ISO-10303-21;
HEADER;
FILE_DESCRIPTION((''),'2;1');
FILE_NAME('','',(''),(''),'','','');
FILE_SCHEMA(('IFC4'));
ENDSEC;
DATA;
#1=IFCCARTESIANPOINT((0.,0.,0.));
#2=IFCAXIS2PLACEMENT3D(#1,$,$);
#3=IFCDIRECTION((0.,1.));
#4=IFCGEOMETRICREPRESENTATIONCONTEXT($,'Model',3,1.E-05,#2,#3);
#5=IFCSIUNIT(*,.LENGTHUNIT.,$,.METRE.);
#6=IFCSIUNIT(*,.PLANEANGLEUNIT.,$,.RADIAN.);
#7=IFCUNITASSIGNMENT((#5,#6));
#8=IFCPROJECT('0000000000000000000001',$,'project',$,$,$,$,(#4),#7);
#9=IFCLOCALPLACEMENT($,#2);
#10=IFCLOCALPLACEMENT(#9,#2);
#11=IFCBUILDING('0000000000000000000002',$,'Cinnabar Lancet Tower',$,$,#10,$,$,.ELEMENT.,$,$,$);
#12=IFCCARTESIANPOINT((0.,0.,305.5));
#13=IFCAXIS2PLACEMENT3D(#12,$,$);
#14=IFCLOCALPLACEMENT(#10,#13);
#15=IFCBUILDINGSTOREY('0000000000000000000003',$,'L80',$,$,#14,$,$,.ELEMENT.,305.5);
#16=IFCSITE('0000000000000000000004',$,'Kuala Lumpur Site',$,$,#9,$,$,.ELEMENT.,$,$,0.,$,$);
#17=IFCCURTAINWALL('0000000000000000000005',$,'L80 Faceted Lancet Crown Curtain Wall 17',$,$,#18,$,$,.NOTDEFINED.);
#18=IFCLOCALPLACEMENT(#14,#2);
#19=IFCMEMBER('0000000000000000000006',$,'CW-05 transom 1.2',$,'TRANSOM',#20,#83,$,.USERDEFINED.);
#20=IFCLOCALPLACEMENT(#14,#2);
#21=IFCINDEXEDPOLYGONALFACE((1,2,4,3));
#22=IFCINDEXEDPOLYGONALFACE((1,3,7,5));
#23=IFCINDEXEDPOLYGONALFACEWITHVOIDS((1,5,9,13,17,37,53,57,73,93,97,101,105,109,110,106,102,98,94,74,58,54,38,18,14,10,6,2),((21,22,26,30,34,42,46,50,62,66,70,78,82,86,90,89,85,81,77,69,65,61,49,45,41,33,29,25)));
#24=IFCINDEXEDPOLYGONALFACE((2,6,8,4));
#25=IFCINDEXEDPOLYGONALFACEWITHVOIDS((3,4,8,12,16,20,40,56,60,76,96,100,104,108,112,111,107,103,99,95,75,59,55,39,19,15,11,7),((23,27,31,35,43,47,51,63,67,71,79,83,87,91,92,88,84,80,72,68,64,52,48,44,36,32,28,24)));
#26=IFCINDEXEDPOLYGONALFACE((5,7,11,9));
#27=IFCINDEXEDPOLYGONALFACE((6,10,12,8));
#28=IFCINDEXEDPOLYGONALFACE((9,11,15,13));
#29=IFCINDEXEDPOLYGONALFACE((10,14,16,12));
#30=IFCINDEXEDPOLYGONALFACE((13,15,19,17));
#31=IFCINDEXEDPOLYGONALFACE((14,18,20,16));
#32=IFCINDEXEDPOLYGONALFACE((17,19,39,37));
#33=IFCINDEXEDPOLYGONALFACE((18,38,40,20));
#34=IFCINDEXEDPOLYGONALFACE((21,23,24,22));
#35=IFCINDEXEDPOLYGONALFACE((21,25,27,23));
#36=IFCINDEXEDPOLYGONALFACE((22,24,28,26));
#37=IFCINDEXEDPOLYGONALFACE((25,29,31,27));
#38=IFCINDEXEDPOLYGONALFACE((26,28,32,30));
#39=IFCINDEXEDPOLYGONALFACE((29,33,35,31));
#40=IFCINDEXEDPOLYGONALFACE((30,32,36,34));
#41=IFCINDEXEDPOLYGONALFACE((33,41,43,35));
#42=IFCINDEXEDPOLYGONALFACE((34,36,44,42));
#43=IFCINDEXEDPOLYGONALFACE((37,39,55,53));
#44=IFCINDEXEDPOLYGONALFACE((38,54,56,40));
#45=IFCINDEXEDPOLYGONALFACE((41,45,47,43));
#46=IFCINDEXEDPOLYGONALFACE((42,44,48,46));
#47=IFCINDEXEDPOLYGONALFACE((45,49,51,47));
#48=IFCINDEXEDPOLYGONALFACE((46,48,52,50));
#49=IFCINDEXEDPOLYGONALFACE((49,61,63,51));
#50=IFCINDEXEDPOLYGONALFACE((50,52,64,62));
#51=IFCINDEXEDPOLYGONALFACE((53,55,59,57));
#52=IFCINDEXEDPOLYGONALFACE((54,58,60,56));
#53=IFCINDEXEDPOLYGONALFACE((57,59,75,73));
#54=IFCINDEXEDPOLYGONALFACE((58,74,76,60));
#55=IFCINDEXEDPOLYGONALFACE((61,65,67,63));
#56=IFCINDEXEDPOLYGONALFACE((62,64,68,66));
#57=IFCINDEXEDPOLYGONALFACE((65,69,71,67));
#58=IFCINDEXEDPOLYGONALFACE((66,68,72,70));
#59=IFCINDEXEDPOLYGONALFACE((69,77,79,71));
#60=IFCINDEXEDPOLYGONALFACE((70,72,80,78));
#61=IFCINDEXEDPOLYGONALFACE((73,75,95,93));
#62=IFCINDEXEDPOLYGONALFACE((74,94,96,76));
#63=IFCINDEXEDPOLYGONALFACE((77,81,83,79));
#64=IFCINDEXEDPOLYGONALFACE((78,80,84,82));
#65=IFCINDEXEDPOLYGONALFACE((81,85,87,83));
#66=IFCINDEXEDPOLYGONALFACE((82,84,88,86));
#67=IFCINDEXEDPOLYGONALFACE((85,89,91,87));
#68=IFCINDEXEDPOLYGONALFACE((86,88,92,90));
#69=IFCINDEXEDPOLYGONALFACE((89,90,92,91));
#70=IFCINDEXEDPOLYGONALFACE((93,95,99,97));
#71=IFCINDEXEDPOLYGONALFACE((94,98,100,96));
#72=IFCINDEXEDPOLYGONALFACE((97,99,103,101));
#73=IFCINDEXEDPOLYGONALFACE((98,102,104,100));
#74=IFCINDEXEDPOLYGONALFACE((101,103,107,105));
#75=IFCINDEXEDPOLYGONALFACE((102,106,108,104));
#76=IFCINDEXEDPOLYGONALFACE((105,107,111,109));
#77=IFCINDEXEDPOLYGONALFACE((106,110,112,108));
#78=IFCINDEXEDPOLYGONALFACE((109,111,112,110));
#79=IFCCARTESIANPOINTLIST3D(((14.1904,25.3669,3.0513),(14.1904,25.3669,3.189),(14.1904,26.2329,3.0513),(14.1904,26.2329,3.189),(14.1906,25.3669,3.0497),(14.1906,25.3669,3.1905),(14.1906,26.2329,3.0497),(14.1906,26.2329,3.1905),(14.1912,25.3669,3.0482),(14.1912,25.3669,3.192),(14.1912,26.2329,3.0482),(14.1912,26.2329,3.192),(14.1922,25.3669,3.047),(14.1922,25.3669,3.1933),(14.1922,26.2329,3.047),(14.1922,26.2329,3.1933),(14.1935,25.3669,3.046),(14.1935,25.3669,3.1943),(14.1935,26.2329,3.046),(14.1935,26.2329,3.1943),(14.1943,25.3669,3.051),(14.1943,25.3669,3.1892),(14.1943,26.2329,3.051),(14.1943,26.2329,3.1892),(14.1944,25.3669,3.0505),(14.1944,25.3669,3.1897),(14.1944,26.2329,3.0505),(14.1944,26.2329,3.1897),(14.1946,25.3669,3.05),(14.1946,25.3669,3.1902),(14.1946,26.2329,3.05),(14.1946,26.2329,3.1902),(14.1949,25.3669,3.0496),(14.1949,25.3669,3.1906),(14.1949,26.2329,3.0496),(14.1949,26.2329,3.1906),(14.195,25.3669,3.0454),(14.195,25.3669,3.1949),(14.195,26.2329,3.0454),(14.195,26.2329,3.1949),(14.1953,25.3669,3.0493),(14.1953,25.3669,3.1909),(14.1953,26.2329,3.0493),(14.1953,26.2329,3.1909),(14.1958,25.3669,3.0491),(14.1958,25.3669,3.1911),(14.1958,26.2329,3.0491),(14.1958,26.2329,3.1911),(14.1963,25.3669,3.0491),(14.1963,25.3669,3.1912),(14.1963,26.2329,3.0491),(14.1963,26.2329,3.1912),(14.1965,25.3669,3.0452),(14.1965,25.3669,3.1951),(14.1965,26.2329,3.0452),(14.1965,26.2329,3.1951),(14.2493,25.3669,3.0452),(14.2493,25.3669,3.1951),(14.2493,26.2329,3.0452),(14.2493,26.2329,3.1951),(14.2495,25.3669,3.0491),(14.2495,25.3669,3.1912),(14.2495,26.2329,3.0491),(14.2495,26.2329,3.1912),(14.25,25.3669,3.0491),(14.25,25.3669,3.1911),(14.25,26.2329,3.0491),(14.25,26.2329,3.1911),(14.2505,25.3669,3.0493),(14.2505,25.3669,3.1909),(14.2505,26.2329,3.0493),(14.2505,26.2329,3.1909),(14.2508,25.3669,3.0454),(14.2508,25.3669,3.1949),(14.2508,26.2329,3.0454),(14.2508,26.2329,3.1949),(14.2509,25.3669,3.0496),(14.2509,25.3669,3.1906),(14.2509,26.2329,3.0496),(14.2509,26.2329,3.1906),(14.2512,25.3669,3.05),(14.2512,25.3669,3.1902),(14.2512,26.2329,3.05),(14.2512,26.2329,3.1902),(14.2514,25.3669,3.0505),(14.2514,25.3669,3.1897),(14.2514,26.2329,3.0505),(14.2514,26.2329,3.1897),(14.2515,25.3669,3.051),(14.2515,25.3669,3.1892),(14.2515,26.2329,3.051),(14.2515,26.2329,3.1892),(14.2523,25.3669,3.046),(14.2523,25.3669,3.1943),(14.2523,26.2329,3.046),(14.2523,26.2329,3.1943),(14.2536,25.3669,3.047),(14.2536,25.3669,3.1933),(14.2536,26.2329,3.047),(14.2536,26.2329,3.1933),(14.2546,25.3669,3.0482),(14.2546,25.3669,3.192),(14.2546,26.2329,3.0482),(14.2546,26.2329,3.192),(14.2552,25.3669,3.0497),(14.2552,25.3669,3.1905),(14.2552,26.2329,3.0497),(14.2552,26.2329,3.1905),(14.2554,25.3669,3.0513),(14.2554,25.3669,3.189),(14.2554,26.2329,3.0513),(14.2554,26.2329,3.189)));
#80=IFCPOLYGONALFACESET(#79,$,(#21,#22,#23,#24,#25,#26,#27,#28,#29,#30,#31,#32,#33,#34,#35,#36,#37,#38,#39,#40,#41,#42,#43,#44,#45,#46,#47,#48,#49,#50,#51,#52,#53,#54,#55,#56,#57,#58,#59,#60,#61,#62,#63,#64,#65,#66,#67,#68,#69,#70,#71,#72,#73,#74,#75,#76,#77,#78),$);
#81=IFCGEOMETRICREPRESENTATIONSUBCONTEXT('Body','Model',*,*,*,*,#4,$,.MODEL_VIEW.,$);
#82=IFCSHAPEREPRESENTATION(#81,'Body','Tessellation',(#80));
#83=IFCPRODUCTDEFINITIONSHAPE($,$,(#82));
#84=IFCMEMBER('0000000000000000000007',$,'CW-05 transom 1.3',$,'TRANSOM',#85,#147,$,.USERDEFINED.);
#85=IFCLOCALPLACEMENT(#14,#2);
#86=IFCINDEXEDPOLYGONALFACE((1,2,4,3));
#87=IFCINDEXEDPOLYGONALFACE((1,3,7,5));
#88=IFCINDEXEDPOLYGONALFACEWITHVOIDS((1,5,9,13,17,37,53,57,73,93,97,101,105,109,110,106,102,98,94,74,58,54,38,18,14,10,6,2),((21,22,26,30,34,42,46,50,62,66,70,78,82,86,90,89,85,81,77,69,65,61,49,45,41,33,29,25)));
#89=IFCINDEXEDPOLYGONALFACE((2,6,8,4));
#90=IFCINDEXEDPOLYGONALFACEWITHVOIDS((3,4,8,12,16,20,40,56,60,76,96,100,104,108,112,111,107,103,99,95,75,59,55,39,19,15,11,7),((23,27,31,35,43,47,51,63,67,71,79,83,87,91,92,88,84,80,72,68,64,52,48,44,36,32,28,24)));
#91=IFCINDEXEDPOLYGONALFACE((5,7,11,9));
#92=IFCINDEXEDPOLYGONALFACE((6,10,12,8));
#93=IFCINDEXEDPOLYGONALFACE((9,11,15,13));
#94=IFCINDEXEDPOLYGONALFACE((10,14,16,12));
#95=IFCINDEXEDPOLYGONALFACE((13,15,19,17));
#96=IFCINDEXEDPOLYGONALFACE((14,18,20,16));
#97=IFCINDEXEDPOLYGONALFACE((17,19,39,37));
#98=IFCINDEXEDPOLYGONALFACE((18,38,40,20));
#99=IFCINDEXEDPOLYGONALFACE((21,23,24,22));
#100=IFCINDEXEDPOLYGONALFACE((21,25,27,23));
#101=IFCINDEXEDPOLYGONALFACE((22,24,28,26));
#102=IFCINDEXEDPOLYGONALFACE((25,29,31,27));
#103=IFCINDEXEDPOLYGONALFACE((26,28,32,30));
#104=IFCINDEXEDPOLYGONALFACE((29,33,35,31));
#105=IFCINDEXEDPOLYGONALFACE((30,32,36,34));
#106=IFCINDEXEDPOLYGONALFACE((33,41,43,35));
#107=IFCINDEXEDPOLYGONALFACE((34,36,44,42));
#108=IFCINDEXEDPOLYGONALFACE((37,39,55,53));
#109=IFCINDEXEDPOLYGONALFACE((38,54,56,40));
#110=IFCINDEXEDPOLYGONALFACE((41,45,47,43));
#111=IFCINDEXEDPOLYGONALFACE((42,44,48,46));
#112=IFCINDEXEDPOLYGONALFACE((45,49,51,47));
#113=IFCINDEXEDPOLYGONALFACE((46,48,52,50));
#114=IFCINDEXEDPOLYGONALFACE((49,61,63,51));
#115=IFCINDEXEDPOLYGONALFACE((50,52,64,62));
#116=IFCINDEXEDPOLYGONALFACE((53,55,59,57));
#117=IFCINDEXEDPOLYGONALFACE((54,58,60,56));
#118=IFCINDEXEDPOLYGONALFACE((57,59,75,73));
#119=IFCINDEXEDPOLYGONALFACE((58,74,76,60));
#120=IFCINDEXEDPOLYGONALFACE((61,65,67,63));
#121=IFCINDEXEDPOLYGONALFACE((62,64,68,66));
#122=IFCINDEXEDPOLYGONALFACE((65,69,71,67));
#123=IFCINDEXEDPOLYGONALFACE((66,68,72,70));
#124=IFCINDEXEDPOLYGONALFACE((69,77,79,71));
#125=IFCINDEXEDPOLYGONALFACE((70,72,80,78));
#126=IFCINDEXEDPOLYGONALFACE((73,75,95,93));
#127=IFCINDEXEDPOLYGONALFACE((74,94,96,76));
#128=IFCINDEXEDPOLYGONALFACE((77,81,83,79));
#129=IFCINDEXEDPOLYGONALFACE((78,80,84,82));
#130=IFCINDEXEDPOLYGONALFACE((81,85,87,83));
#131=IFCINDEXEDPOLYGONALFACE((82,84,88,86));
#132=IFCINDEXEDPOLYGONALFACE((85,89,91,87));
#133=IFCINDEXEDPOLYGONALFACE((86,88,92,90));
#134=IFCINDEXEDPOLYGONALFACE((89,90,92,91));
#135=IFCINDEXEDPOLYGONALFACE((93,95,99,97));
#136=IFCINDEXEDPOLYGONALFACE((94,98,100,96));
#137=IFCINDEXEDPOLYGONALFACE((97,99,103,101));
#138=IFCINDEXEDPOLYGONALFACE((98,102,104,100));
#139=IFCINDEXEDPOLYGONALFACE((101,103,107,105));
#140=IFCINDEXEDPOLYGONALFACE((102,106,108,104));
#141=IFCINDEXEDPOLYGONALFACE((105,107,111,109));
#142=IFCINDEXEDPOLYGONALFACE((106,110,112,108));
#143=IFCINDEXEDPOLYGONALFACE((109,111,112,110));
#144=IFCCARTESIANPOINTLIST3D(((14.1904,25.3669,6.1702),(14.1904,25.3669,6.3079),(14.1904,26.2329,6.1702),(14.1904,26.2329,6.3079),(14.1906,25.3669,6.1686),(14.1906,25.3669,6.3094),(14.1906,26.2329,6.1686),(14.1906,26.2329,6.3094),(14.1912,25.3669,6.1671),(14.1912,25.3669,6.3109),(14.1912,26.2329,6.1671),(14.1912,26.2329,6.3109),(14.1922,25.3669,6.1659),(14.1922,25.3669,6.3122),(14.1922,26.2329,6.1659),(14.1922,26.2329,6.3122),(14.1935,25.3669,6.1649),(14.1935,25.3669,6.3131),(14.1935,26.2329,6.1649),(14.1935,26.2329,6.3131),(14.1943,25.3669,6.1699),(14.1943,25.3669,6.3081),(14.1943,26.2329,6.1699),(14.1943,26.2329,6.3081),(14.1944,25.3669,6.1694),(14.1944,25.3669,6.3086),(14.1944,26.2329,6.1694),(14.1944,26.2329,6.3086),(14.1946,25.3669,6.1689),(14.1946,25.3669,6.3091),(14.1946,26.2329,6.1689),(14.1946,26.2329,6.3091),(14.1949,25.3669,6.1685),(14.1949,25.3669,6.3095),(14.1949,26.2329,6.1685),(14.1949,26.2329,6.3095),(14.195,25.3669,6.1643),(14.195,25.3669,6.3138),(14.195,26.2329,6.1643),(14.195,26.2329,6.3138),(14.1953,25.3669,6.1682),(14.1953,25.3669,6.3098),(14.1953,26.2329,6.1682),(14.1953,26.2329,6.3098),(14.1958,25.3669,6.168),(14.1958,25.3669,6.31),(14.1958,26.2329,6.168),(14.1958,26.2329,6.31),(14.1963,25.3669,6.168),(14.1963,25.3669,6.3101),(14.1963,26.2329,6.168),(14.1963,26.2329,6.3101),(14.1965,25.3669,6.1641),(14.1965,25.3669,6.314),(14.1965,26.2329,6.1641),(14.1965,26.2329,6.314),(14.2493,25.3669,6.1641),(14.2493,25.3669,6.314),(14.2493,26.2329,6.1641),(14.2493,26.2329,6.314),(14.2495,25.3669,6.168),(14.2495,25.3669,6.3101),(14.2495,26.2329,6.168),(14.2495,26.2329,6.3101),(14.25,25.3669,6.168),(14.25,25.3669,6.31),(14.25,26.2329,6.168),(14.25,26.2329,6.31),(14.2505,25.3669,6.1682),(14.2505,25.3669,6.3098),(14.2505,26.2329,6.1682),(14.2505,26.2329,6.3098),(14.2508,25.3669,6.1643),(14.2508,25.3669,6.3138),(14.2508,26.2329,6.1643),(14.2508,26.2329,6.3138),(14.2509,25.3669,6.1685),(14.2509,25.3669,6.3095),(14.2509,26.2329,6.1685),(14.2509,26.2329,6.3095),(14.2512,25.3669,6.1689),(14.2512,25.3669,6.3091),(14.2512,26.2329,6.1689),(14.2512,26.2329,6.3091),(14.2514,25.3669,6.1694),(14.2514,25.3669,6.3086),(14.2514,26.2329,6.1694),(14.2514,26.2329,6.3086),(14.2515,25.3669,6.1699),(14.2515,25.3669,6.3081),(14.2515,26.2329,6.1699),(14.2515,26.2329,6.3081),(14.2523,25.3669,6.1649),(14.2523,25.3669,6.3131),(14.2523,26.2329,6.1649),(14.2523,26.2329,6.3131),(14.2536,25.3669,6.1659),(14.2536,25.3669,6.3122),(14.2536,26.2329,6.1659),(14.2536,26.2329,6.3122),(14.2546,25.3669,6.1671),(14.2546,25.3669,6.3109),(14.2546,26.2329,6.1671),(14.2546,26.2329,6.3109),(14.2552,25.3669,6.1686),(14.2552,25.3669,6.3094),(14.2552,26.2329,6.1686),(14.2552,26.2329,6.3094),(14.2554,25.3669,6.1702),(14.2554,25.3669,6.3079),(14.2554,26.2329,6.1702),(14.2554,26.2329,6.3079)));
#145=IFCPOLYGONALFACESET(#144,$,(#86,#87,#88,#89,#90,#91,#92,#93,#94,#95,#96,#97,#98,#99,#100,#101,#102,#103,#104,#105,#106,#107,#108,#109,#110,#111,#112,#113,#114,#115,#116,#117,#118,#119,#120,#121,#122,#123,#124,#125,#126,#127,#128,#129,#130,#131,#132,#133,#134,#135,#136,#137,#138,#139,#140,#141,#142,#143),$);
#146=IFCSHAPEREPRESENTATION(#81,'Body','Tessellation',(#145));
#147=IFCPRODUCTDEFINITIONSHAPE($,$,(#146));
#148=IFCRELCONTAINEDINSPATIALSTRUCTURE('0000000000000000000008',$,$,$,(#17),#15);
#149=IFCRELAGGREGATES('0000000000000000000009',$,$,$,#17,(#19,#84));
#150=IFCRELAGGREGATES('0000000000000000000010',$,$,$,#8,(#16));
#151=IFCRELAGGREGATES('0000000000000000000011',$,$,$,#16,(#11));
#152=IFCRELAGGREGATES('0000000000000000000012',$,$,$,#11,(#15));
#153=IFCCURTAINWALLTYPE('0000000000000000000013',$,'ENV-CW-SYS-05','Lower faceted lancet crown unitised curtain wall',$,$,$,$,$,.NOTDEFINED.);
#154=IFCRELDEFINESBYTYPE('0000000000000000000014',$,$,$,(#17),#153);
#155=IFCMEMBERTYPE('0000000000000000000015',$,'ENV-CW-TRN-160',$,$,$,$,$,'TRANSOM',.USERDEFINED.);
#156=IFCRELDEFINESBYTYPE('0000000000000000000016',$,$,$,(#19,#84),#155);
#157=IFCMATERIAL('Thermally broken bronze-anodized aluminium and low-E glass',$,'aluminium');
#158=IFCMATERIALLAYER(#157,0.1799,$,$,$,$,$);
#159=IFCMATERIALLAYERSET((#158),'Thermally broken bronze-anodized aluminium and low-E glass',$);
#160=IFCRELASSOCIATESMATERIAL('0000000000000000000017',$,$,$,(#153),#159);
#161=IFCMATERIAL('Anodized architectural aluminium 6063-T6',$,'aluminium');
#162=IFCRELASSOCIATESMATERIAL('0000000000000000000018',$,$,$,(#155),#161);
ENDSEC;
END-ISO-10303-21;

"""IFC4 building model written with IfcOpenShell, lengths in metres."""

from ifc_helpers import new_model, si_unit, direction, frame, origin, origin_2d, place, context, subcontext, project, spatial, hollow_rectangle, extrude, material, layer, layer_set, material_profile, profile_set, type_object, element, aggregate, save


model = new_model("IFC4")

# Units and contexts
model_context = context("Model", 3, precision=1e-05, world=origin(), true_north=direction((0.0, 1.0)))
body_context = subcontext(model_context, "Body", "Model", "MODEL_VIEW")
ifc_project = project(units=[si_unit("LENGTHUNIT", "METRE"), si_unit("PLANEANGLEUNIT", "RADIAN")], contexts=[model_context])

# Site, building, storey
site_placement = place(None, origin())
site = spatial("IfcSite", under=ifc_project, at=site_placement, Name="Kuala Lumpur Site", CompositionType="ELEMENT", RefElevation=0.0)
building_placement = place(site_placement, origin())
building = spatial("IfcBuilding", under=site, at=building_placement, Name="Cinnabar Lancet Tower", CompositionType="ELEMENT")
storey_placement = place(building_placement, frame((0.0, 0.0, 305.5)))
storey = spatial("IfcBuildingStorey", under=building, at=storey_placement, Name="L80", CompositionType="ELEMENT", Elevation=305.5)

# Shared definitions
ifc_material_1 = material(Name="Thermally broken bronze-anodized aluminium and low-E glass", Category="aluminium")
ifc_layer_1 = layer(ifc_material_1, 0.1799)
ifc_layer_set_1 = layer_set([ifc_layer_1], Name="Thermally broken bronze-anodized aluminium and low-E glass")
curtain_wall_type = type_object("IfcCurtainWallType", Name="ENV-CW-SYS-05", Description="Lower faceted lancet crown unitised curtain wall", PredefinedType="NOTDEFINED", material=ifc_layer_set_1)

# Curtain wall
curtain_wall_1_placement = place(storey_placement, origin())
curtain_wall_1 = element("IfcCurtainWall", 1, at=curtain_wall_1_placement, inside=storey, type_object=curtain_wall_type, Name="L80 Faceted Lancet Crown Curtain Wall 17", PredefinedType="NOTDEFINED")

# Members
ifc_material_2 = material(Name="Anodized architectural aluminium 6063-T6", Category="aluminium")
ifc_material_profile_1 = material_profile(ifc_material_2, hollow_rectangle(XDim=0.0649, YDim=0.1499, WallThickness=0.0039, InnerFilletRadius=0.002, OuterFilletRadius=0.0061, at=origin_2d()), Name="CW-TRN 150x65x4")
ifc_profile_set_1 = profile_set([ifc_material_profile_1], Name="Anodized architectural aluminium 6063-T6")
member_type_1 = type_object("IfcMemberType", Name="ENV-CW-TRN-160", ElementType="TRANSOM", PredefinedType="USERDEFINED", material=ifc_profile_set_1)
member_1_placement = place(storey_placement, frame((14.2229, 26.2329, 3.1201), z_axis=(0.0, -1.0, 0.0), x_axis=(1.0, 0.0, 0.0)))
member_1 = element("IfcMember", 2, at=member_1_placement, type_object=member_type_1, Name="CW-05 transom 1.2", ObjectType="TRANSOM", PredefinedType="USERDEFINED", context=body_context, shape_type="SweptSolid", body=[
    extrude(hollow_rectangle(XDim=0.0649, YDim=0.1499, WallThickness=0.0039, InnerFilletRadius=0.002, OuterFilletRadius=0.0061, at=origin_2d()), origin(), (0.0, 0.0, 1.0), 0.866),
])
member_2_placement = place(storey_placement, frame((14.2229, 26.2329, 6.239), z_axis=(0.0, -1.0, 0.0), x_axis=(1.0, 0.0, 0.0)))
member_2 = element("IfcMember", 3, at=member_2_placement, type_object=member_type_1, Name="CW-05 transom 1.3", ObjectType="TRANSOM", PredefinedType="USERDEFINED", context=body_context, shape_type="SweptSolid", body=[
    extrude(hollow_rectangle(XDim=0.0649, YDim=0.1499, WallThickness=0.0039, InnerFilletRadius=0.002, OuterFilletRadius=0.0061, at=origin_2d()), origin(), (0.0, 0.0, 1.0), 0.866),
])

aggregate(curtain_wall_1, [member_1, member_2])

save(model, "model.ifc")
